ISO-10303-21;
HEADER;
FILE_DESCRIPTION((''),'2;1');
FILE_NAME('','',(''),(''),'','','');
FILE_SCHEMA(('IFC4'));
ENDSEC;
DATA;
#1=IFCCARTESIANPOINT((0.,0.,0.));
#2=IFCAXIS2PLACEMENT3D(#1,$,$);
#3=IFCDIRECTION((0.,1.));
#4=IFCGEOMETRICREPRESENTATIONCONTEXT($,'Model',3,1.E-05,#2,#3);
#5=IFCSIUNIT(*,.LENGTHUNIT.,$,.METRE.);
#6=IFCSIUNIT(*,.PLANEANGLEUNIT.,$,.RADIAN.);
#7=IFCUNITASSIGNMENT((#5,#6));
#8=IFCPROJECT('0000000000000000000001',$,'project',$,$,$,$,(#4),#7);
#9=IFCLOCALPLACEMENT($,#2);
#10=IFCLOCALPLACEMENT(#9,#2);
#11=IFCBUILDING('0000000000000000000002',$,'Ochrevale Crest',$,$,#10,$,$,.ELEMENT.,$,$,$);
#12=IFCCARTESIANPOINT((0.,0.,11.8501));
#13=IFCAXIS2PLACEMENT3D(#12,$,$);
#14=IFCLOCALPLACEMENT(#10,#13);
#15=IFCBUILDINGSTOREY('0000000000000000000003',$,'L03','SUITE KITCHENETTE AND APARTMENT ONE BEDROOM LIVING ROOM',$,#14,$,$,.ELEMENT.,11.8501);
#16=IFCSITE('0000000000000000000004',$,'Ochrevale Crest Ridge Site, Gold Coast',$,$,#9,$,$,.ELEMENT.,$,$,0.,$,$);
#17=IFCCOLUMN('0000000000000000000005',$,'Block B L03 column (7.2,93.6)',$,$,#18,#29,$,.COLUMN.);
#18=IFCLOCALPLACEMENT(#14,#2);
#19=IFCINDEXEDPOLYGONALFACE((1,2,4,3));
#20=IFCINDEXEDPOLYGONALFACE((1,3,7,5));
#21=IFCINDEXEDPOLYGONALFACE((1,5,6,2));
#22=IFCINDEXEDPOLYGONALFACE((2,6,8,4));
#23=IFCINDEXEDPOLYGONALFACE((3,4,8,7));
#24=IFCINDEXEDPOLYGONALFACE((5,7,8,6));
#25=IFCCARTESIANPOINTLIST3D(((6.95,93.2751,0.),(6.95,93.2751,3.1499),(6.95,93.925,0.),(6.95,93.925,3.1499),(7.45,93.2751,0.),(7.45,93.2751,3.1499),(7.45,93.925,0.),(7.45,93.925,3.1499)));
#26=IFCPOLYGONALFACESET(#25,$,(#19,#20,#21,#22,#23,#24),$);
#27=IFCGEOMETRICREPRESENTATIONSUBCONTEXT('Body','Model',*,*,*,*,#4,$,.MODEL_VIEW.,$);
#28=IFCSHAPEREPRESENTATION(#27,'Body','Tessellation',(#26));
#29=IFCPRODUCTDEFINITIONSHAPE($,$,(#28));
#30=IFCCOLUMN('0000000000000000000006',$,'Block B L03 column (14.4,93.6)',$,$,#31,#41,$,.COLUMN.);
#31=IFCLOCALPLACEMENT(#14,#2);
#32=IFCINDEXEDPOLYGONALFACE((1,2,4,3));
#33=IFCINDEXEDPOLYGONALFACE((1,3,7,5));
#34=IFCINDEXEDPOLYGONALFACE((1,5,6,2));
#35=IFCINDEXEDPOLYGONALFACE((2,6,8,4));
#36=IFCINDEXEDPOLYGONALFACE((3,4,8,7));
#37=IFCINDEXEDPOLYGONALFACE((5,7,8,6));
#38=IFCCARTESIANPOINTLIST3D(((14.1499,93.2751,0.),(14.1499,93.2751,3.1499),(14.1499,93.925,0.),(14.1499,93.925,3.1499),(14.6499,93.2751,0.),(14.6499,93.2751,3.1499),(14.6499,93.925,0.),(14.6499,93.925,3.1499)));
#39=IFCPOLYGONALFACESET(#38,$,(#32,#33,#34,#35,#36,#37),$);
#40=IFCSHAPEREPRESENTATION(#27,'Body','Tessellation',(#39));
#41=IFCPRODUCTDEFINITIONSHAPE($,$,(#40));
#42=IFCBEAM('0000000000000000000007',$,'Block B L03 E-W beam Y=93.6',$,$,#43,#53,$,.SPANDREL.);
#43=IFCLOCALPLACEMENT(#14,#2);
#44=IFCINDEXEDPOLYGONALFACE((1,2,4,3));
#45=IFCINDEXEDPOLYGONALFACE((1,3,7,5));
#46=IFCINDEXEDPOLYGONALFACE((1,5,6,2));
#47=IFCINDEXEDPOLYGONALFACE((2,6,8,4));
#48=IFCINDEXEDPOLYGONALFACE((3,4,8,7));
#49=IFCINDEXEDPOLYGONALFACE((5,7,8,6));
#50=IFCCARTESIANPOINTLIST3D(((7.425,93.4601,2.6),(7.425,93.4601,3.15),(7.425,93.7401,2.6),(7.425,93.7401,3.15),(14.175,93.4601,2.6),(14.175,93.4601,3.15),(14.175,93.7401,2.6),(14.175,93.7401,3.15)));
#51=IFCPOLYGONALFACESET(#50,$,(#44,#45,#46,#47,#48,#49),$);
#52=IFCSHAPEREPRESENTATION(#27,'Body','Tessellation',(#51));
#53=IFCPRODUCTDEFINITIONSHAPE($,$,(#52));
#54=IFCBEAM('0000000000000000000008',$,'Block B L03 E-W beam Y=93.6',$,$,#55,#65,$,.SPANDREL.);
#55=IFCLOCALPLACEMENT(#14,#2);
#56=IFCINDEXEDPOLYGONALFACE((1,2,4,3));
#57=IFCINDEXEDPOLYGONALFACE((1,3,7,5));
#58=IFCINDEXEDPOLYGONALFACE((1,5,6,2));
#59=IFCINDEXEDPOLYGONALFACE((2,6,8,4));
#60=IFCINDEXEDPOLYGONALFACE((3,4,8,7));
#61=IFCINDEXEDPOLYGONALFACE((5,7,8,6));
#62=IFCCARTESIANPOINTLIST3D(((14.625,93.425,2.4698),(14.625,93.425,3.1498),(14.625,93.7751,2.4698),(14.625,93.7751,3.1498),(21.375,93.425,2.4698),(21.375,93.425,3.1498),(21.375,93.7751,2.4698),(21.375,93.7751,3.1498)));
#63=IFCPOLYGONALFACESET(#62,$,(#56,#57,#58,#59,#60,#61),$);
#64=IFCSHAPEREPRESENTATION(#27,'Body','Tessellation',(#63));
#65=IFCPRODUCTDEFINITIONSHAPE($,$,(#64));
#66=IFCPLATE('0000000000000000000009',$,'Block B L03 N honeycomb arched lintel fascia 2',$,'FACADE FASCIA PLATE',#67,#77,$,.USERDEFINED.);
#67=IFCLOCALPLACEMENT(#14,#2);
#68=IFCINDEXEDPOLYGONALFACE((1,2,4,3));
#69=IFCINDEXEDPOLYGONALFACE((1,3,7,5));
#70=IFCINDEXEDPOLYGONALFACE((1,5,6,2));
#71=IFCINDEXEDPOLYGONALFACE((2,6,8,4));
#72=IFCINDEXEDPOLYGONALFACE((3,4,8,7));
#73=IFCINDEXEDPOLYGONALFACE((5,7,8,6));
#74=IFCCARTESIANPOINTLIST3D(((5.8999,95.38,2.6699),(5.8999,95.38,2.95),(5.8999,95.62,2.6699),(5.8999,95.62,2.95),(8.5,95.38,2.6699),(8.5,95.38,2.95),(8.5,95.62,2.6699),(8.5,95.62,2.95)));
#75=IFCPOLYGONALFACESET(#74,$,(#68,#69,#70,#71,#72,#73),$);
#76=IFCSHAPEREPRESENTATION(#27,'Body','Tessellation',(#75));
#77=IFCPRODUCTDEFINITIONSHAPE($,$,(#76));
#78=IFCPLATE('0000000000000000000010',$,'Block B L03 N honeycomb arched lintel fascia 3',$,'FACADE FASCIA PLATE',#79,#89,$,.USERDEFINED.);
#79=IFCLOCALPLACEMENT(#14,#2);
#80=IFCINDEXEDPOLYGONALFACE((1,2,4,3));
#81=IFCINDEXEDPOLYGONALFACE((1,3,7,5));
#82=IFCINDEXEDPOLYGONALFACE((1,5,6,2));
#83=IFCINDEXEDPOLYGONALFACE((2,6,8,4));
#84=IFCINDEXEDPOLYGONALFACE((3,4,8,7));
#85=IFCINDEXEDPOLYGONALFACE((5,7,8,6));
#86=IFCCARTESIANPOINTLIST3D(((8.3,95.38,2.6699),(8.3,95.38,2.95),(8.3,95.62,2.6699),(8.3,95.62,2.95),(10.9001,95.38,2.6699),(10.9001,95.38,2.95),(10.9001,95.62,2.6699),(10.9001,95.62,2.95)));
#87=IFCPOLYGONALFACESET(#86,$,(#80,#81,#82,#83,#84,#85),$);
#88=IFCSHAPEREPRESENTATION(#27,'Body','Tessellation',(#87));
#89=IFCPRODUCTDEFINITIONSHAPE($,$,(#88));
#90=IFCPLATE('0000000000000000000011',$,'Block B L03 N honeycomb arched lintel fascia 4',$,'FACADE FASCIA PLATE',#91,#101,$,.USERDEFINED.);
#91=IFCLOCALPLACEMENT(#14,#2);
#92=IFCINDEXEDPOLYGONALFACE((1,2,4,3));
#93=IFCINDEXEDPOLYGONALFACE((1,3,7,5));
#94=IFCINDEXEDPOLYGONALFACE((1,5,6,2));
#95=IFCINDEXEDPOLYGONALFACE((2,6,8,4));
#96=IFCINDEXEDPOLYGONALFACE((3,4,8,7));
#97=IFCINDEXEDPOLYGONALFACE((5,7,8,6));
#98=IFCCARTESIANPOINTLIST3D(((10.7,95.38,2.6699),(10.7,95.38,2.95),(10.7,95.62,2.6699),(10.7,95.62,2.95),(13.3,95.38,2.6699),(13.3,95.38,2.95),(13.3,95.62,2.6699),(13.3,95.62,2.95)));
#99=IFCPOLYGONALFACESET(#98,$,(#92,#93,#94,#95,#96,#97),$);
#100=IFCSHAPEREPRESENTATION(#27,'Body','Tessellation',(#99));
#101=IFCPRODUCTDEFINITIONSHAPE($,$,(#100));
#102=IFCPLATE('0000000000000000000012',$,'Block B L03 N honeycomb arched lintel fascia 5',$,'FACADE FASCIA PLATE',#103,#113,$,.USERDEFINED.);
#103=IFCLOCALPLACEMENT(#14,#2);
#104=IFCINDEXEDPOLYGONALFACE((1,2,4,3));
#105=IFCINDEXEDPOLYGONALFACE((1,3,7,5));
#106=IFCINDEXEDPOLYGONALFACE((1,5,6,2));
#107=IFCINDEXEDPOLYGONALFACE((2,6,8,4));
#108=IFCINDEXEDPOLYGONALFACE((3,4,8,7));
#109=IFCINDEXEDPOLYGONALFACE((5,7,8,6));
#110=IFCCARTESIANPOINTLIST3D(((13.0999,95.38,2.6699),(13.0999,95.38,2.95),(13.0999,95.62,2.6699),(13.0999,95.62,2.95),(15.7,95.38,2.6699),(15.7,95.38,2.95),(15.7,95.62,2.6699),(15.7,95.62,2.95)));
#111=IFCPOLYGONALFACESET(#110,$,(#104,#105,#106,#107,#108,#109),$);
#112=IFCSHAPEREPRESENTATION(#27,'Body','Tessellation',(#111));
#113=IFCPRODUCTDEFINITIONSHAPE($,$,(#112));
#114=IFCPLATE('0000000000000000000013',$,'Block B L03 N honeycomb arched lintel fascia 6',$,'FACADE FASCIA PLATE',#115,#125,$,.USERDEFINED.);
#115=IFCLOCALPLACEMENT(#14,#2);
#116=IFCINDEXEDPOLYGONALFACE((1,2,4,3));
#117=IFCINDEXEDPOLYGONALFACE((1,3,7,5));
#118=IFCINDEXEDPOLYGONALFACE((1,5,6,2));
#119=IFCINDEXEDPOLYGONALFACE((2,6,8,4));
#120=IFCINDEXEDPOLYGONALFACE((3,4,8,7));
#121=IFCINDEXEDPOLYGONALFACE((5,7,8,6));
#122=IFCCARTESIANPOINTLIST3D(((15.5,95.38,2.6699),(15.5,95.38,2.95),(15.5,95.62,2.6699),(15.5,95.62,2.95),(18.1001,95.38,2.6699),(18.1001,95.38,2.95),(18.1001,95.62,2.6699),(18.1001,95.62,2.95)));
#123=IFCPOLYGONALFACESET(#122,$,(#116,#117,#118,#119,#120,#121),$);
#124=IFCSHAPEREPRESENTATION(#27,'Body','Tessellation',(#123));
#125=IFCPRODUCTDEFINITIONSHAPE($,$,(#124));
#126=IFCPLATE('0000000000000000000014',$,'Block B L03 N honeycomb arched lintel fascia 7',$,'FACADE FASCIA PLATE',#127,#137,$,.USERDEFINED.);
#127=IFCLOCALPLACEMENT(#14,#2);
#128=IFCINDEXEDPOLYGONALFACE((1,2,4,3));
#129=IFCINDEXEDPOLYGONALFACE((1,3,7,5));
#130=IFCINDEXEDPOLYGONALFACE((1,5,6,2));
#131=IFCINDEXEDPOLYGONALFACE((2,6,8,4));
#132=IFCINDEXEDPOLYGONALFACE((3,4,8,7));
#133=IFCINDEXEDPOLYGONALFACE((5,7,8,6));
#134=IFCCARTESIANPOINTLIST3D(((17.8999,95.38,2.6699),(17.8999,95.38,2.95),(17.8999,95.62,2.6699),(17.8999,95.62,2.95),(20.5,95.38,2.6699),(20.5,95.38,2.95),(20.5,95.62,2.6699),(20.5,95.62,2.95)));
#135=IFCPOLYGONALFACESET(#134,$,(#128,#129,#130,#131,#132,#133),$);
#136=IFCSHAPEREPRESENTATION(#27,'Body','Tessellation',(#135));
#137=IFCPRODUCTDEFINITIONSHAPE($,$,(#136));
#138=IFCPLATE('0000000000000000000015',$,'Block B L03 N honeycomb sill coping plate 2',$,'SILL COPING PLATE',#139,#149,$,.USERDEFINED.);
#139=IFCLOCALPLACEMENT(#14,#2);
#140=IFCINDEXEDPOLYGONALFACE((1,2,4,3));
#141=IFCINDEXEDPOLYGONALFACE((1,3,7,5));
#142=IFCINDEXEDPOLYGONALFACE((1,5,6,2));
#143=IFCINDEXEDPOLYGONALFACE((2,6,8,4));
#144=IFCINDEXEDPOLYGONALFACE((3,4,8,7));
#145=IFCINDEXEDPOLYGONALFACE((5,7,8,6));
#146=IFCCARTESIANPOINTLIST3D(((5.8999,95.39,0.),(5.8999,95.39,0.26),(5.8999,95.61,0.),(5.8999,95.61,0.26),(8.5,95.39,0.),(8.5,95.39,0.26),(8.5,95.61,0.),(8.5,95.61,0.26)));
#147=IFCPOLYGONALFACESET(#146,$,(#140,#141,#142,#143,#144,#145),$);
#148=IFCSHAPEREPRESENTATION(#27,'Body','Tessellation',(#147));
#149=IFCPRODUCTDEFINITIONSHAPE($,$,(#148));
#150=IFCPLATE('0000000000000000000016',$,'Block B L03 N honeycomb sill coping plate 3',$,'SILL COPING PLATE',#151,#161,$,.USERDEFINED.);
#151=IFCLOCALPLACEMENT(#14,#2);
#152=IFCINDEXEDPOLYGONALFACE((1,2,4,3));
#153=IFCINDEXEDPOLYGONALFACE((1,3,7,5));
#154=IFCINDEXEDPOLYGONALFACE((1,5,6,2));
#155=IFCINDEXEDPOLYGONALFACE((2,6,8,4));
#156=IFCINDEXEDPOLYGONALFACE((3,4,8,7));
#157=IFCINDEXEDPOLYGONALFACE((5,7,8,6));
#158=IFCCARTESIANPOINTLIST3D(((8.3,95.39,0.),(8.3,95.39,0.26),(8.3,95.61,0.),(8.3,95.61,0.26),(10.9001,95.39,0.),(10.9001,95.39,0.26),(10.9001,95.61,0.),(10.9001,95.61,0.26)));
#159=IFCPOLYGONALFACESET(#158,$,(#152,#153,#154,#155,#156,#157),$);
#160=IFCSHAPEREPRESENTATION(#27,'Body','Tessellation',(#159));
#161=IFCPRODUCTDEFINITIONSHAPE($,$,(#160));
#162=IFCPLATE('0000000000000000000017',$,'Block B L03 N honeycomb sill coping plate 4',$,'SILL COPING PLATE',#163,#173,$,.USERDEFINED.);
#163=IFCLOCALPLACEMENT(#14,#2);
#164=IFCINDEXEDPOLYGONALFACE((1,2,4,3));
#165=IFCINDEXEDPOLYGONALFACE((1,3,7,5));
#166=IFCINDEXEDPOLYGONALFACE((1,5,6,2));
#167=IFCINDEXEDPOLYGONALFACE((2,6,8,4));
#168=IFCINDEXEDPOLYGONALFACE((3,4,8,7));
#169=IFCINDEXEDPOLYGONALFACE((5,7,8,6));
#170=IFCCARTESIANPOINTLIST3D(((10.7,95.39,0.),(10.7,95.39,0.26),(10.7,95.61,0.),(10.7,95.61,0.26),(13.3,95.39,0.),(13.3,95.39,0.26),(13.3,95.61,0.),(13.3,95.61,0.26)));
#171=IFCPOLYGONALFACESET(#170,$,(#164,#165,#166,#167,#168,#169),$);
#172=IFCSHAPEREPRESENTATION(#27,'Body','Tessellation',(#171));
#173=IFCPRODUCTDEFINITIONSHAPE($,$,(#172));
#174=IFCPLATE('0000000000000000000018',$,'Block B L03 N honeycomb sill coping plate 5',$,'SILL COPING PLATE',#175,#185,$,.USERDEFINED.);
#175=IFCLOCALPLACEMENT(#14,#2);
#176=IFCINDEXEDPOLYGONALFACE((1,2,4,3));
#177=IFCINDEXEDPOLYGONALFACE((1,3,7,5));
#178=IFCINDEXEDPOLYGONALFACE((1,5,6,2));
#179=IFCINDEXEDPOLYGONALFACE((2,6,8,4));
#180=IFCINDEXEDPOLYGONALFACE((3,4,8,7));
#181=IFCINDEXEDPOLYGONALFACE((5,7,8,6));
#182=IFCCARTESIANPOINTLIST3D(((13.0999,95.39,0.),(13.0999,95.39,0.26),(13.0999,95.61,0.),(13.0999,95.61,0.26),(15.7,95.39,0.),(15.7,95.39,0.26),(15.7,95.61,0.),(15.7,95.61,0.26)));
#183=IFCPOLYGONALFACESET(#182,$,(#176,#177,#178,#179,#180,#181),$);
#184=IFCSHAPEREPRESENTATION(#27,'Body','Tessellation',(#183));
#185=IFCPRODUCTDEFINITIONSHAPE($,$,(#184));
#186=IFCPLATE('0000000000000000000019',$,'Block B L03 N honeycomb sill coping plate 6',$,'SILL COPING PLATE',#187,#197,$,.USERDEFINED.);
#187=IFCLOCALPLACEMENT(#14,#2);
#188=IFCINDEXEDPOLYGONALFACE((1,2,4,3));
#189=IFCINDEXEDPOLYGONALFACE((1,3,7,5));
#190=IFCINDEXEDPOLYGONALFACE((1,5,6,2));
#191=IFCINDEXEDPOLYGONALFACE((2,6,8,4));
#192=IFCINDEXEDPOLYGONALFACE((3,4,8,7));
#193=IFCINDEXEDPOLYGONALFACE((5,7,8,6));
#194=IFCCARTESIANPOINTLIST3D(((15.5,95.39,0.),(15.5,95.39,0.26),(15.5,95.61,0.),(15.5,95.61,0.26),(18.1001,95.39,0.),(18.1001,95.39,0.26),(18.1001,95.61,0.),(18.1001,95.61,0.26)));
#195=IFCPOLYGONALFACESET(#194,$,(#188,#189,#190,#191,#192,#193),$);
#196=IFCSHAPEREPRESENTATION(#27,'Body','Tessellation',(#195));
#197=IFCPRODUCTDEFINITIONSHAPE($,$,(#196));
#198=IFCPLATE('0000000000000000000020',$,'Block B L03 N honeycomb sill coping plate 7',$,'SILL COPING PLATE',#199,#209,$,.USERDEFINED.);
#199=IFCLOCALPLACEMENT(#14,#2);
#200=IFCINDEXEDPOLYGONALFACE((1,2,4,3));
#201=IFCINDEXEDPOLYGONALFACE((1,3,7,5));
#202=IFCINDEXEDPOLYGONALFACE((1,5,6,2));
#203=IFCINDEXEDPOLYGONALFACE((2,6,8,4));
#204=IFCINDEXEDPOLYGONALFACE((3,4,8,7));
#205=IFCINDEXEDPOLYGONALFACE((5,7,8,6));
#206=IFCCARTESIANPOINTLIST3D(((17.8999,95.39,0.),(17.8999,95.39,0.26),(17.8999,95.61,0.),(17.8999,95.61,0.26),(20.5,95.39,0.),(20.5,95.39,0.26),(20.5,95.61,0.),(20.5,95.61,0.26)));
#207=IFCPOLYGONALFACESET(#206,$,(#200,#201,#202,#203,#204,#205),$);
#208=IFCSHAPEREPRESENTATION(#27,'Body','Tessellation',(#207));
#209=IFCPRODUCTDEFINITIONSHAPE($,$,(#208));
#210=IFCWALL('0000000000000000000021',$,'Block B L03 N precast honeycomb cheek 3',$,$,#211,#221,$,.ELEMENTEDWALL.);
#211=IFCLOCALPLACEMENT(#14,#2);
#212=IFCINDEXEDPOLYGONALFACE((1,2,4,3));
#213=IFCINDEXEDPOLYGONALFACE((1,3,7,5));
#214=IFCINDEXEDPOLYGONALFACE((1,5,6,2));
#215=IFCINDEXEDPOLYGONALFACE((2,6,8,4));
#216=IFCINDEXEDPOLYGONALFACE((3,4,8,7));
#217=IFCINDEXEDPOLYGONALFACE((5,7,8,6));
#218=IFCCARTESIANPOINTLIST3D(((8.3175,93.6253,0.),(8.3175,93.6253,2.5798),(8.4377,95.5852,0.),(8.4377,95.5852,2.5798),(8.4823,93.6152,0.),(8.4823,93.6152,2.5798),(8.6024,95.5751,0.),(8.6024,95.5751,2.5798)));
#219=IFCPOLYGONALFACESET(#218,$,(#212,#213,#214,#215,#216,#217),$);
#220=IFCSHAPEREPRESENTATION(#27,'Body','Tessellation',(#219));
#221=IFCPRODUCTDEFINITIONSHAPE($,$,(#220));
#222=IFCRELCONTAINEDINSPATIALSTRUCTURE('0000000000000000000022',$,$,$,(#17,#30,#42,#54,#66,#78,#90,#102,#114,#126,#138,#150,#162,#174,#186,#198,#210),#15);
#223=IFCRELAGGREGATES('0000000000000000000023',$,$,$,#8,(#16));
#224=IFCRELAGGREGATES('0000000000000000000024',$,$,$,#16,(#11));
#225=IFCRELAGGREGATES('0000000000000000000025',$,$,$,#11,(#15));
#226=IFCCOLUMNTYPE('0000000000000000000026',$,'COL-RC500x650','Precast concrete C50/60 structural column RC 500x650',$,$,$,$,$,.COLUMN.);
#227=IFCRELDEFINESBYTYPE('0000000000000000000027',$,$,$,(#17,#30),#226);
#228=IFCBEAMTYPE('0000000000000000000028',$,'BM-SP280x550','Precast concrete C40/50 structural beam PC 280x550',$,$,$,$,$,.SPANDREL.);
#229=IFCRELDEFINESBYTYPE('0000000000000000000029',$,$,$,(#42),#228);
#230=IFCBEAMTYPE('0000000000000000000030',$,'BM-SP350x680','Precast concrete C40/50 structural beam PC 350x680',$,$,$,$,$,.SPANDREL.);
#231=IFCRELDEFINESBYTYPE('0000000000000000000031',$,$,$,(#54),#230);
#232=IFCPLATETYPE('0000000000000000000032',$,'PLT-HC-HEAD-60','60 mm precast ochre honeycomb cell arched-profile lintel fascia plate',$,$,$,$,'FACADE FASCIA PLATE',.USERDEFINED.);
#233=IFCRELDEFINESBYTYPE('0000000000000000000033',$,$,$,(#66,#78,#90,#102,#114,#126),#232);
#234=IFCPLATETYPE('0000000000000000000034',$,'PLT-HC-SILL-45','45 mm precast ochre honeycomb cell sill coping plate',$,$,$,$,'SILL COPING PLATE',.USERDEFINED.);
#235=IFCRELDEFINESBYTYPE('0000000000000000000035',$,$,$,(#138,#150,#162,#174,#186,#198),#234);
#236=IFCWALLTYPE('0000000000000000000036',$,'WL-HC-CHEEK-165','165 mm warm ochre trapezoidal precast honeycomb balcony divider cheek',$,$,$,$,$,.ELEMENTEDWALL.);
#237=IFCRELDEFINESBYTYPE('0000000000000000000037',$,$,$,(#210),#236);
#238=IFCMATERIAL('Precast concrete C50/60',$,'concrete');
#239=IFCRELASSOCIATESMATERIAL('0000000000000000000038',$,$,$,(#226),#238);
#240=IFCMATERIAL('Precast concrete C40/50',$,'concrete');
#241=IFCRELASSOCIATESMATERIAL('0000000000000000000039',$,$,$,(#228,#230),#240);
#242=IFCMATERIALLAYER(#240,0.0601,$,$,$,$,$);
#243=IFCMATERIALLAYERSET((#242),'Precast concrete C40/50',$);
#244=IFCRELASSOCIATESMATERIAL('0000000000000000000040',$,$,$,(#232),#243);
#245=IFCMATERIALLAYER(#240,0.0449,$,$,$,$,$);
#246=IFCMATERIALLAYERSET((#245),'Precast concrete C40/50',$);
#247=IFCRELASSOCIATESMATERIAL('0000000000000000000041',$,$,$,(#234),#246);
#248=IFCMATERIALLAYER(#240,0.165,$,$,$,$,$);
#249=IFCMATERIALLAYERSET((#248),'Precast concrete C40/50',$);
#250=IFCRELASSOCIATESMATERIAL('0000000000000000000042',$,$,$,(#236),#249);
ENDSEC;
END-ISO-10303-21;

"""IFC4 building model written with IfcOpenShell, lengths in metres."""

from ifc_helpers import new_model, si_unit, direction, frame, frame_2d, origin, origin_2d, place, context, subcontext, project, spatial, rectangle, extrude, material, layer, layer_set, material_profile, profile_set, type_object, element, save


model = new_model("IFC4")

# Units and contexts
model_context = context("Model", 3, precision=1e-05, world=origin(), true_north=direction((0.0, 1.0)))
body_context = subcontext(model_context, "Body", "Model", "MODEL_VIEW")
ifc_project = project(units=[si_unit("LENGTHUNIT", "METRE"), si_unit("PLANEANGLEUNIT", "RADIAN")], contexts=[model_context])

# Site, building, storey
site_placement = place(None, origin())
site = spatial("IfcSite", under=ifc_project, at=site_placement, Name="Ochrevale Crest Ridge Site, Gold Coast", CompositionType="ELEMENT", RefElevation=0.0)
building_placement = place(site_placement, origin())
building = spatial("IfcBuilding", under=site, at=building_placement, Name="Ochrevale Crest", CompositionType="ELEMENT")
storey_placement = place(building_placement, frame((0.0, 0.0, 11.8501)))
storey = spatial("IfcBuildingStorey", under=building, at=storey_placement, Name="L03", Description="SUITE KITCHENETTE AND APARTMENT ONE BEDROOM LIVING ROOM", CompositionType="ELEMENT", Elevation=11.8501)

# Columns
ifc_material_1 = material(Name="Precast concrete C50/60", Category="concrete")
ifc_material_profile_1 = material_profile(ifc_material_1, rectangle(XDim=0.5, YDim=0.6499, at=origin_2d()), Name="RC 500x650")
ifc_profile_set_1 = profile_set([ifc_material_profile_1], Name="Precast concrete C50/60")
column_type = type_object("IfcColumnType", Name="COL-RC500x650", Description="Precast concrete C50/60 structural column RC 500x650", PredefinedType="COLUMN", material=ifc_profile_set_1)
for number, where, z_axis, x_axis, name in (
    (1, (7.2, 93.6001, 0.0), (0.0, 0.0, 1.0), (1.0, 0.0, 0.0), "Block B L03 column (7.2,93.6)"),
    (2, (14.3999, 93.6001, 0.0), (0.0, 0.0, 1.0), (1.0, 0.0, 0.0), "Block B L03 column (14.4,93.6)"),
):
    element("IfcColumn", number, at=place(storey_placement, frame(where, z_axis=z_axis, x_axis=x_axis)), inside=storey, type_object=column_type, Name=name, PredefinedType="COLUMN", context=body_context, shape_type="SweptSolid", body=[
        extrude(rectangle(XDim=0.5, YDim=0.6499, at=origin_2d()), origin(), (0.0, 0.0, 1.0), 3.1499),
    ])

# Beams
ifc_material_2 = material(Name="Precast concrete C40/50", Category="concrete")
ifc_material_profile_2 = material_profile(ifc_material_2, rectangle(XDim=0.28, YDim=0.55, at=origin_2d()), Name="PC 280x550")
ifc_profile_set_2 = profile_set([ifc_material_profile_2], Name="Precast concrete C40/50")
beam_type_1 = type_object("IfcBeamType", Name="BM-SP280x550", Description="Precast concrete C40/50 structural beam PC 280x550", PredefinedType="SPANDREL", material=ifc_profile_set_2)
beam_1_placement = place(storey_placement, frame((7.425, 93.6001, 2.875), z_axis=(1.0, 0.0, 0.0), x_axis=(0.0, 1.0, 0.0)))
element("IfcBeam", 3, at=beam_1_placement, inside=storey, type_object=beam_type_1, Name="Block B L03 E-W beam Y=93.6", PredefinedType="SPANDREL", context=body_context, shape_type="SweptSolid", body=[
    extrude(rectangle(XDim=0.28, YDim=0.55, at=origin_2d()), origin(), (0.0, 0.0, 1.0), 6.75),
])
ifc_material_profile_3 = material_profile(ifc_material_2, rectangle(XDim=0.3501, YDim=0.6799, at=origin_2d()), Name="PC 350x680")
ifc_profile_set_3 = profile_set([ifc_material_profile_3], Name="Precast concrete C40/50")
beam_type_2 = type_object("IfcBeamType", Name="BM-SP350x680", Description="Precast concrete C40/50 structural beam PC 350x680", PredefinedType="SPANDREL", material=ifc_profile_set_3)
beam_2_placement = place(storey_placement, frame((14.625, 93.6001, 2.8098), z_axis=(1.0, 0.0, 0.0), x_axis=(0.0, 1.0, 0.0)))
element("IfcBeam", 4, at=beam_2_placement, inside=storey, type_object=beam_type_2, Name="Block B L03 E-W beam Y=93.6", PredefinedType="SPANDREL", context=body_context, shape_type="SweptSolid", body=[
    extrude(rectangle(XDim=0.3501, YDim=0.6799, at=origin_2d()), origin(), (0.0, 0.0, 1.0), 6.75),
])

# Plates
ifc_layer_1 = layer(ifc_material_2, 0.0601)
ifc_layer_set_1 = layer_set([ifc_layer_1], Name="Precast concrete C40/50")
plate_type_1 = type_object("IfcPlateType", Name="PLT-HC-HEAD-60", Description="60 mm precast ochre honeycomb cell arched-profile lintel fascia plate", ElementType="FACADE FASCIA PLATE", PredefinedType="USERDEFINED", material=ifc_layer_set_1)
for number, where, z_axis, x_axis, name in (
    (5, (7.2, 95.5, 2.6699), (0.0, 0.0, 1.0), (1.0, 0.0, 0.0), "Block B L03 N honeycomb arched lintel fascia 2"),
    (6, (9.6001, 95.5, 2.6699), (0.0, 0.0, 1.0), (1.0, 0.0, 0.0), "Block B L03 N honeycomb arched lintel fascia 3"),
    (7, (12.0, 95.5, 2.6699), (0.0, 0.0, 1.0), (1.0, 0.0, 0.0), "Block B L03 N honeycomb arched lintel fascia 4"),
    (8, (14.3999, 95.5, 2.6699), (0.0, 0.0, 1.0), (1.0, 0.0, 0.0), "Block B L03 N honeycomb arched lintel fascia 5"),
    (9, (16.8, 95.5, 2.6699), (0.0, 0.0, 1.0), (1.0, 0.0, 0.0), "Block B L03 N honeycomb arched lintel fascia 6"),
    (10, (19.2, 95.5, 2.6699), (0.0, 0.0, 1.0), (1.0, 0.0, 0.0), "Block B L03 N honeycomb arched lintel fascia 7"),
):
    element("IfcPlate", number, at=place(storey_placement, frame(where, z_axis=z_axis, x_axis=x_axis)), inside=storey, type_object=plate_type_1, Name=name, ObjectType="FACADE FASCIA PLATE", PredefinedType="USERDEFINED", context=body_context, shape_type="SweptSolid", body=[
        extrude(rectangle(XDim=2.6001, YDim=0.24, at=origin_2d()), origin(), (0.0, 0.0, 1.0), 0.28),
    ])
ifc_layer_2 = layer(ifc_material_2, 0.0449)
ifc_layer_set_2 = layer_set([ifc_layer_2], Name="Precast concrete C40/50")
plate_type_2 = type_object("IfcPlateType", Name="PLT-HC-SILL-45", Description="45 mm precast ochre honeycomb cell sill coping plate", ElementType="SILL COPING PLATE", PredefinedType="USERDEFINED", material=ifc_layer_set_2)
for number, where, z_axis, x_axis, name in (
    (11, (7.2, 95.5, 0.0), (0.0, 0.0, 1.0), (1.0, 0.0, 0.0), "Block B L03 N honeycomb sill coping plate 2"),
    (12, (9.6001, 95.5, 0.0), (0.0, 0.0, 1.0), (1.0, 0.0, 0.0), "Block B L03 N honeycomb sill coping plate 3"),
    (13, (12.0, 95.5, 0.0), (0.0, 0.0, 1.0), (1.0, 0.0, 0.0), "Block B L03 N honeycomb sill coping plate 4"),
    (14, (14.3999, 95.5, 0.0), (0.0, 0.0, 1.0), (1.0, 0.0, 0.0), "Block B L03 N honeycomb sill coping plate 5"),
    (15, (16.8, 95.5, 0.0), (0.0, 0.0, 1.0), (1.0, 0.0, 0.0), "Block B L03 N honeycomb sill coping plate 6"),
    (16, (19.2, 95.5, 0.0), (0.0, 0.0, 1.0), (1.0, 0.0, 0.0), "Block B L03 N honeycomb sill coping plate 7"),
):
    element("IfcPlate", number, at=place(storey_placement, frame(where, z_axis=z_axis, x_axis=x_axis)), inside=storey, type_object=plate_type_2, Name=name, ObjectType="SILL COPING PLATE", PredefinedType="USERDEFINED", context=body_context, shape_type="SweptSolid", body=[
        extrude(rectangle(XDim=2.6001, YDim=0.22, at=origin_2d()), origin(), (0.0, 0.0, 1.0), 0.26),
    ])

# Wall
ifc_layer_3 = layer(ifc_material_2, 0.165)
ifc_layer_set_3 = layer_set([ifc_layer_3], Name="Precast concrete C40/50")
wall_type = type_object("IfcWallType", Name="WL-HC-CHEEK-165", Description="165 mm warm ochre trapezoidal precast honeycomb balcony divider cheek", PredefinedType="ELEMENTEDWALL", material=ifc_layer_set_3)
for number, where, z_axis, x_axis, name in (
    (17, (8.3999, 93.6201, 0.0), (0.0, 0.0, 1.0), (0.061171, 0.998127, 0.0), "Block B L03 N precast honeycomb cheek 3"),
):
    element("IfcWall", number, at=place(storey_placement, frame(where, z_axis=z_axis, x_axis=x_axis)), inside=storey, type_object=wall_type, Name=name, PredefinedType="ELEMENTEDWALL", context=body_context, shape_type="SweptSolid", body=[
        extrude(rectangle(XDim=1.9636, YDim=0.165, at=frame_2d((0.9819, 0.0))), origin(), (0.0, 0.0, 1.0), 2.5798),
    ])

save(model, "model.ifc")
